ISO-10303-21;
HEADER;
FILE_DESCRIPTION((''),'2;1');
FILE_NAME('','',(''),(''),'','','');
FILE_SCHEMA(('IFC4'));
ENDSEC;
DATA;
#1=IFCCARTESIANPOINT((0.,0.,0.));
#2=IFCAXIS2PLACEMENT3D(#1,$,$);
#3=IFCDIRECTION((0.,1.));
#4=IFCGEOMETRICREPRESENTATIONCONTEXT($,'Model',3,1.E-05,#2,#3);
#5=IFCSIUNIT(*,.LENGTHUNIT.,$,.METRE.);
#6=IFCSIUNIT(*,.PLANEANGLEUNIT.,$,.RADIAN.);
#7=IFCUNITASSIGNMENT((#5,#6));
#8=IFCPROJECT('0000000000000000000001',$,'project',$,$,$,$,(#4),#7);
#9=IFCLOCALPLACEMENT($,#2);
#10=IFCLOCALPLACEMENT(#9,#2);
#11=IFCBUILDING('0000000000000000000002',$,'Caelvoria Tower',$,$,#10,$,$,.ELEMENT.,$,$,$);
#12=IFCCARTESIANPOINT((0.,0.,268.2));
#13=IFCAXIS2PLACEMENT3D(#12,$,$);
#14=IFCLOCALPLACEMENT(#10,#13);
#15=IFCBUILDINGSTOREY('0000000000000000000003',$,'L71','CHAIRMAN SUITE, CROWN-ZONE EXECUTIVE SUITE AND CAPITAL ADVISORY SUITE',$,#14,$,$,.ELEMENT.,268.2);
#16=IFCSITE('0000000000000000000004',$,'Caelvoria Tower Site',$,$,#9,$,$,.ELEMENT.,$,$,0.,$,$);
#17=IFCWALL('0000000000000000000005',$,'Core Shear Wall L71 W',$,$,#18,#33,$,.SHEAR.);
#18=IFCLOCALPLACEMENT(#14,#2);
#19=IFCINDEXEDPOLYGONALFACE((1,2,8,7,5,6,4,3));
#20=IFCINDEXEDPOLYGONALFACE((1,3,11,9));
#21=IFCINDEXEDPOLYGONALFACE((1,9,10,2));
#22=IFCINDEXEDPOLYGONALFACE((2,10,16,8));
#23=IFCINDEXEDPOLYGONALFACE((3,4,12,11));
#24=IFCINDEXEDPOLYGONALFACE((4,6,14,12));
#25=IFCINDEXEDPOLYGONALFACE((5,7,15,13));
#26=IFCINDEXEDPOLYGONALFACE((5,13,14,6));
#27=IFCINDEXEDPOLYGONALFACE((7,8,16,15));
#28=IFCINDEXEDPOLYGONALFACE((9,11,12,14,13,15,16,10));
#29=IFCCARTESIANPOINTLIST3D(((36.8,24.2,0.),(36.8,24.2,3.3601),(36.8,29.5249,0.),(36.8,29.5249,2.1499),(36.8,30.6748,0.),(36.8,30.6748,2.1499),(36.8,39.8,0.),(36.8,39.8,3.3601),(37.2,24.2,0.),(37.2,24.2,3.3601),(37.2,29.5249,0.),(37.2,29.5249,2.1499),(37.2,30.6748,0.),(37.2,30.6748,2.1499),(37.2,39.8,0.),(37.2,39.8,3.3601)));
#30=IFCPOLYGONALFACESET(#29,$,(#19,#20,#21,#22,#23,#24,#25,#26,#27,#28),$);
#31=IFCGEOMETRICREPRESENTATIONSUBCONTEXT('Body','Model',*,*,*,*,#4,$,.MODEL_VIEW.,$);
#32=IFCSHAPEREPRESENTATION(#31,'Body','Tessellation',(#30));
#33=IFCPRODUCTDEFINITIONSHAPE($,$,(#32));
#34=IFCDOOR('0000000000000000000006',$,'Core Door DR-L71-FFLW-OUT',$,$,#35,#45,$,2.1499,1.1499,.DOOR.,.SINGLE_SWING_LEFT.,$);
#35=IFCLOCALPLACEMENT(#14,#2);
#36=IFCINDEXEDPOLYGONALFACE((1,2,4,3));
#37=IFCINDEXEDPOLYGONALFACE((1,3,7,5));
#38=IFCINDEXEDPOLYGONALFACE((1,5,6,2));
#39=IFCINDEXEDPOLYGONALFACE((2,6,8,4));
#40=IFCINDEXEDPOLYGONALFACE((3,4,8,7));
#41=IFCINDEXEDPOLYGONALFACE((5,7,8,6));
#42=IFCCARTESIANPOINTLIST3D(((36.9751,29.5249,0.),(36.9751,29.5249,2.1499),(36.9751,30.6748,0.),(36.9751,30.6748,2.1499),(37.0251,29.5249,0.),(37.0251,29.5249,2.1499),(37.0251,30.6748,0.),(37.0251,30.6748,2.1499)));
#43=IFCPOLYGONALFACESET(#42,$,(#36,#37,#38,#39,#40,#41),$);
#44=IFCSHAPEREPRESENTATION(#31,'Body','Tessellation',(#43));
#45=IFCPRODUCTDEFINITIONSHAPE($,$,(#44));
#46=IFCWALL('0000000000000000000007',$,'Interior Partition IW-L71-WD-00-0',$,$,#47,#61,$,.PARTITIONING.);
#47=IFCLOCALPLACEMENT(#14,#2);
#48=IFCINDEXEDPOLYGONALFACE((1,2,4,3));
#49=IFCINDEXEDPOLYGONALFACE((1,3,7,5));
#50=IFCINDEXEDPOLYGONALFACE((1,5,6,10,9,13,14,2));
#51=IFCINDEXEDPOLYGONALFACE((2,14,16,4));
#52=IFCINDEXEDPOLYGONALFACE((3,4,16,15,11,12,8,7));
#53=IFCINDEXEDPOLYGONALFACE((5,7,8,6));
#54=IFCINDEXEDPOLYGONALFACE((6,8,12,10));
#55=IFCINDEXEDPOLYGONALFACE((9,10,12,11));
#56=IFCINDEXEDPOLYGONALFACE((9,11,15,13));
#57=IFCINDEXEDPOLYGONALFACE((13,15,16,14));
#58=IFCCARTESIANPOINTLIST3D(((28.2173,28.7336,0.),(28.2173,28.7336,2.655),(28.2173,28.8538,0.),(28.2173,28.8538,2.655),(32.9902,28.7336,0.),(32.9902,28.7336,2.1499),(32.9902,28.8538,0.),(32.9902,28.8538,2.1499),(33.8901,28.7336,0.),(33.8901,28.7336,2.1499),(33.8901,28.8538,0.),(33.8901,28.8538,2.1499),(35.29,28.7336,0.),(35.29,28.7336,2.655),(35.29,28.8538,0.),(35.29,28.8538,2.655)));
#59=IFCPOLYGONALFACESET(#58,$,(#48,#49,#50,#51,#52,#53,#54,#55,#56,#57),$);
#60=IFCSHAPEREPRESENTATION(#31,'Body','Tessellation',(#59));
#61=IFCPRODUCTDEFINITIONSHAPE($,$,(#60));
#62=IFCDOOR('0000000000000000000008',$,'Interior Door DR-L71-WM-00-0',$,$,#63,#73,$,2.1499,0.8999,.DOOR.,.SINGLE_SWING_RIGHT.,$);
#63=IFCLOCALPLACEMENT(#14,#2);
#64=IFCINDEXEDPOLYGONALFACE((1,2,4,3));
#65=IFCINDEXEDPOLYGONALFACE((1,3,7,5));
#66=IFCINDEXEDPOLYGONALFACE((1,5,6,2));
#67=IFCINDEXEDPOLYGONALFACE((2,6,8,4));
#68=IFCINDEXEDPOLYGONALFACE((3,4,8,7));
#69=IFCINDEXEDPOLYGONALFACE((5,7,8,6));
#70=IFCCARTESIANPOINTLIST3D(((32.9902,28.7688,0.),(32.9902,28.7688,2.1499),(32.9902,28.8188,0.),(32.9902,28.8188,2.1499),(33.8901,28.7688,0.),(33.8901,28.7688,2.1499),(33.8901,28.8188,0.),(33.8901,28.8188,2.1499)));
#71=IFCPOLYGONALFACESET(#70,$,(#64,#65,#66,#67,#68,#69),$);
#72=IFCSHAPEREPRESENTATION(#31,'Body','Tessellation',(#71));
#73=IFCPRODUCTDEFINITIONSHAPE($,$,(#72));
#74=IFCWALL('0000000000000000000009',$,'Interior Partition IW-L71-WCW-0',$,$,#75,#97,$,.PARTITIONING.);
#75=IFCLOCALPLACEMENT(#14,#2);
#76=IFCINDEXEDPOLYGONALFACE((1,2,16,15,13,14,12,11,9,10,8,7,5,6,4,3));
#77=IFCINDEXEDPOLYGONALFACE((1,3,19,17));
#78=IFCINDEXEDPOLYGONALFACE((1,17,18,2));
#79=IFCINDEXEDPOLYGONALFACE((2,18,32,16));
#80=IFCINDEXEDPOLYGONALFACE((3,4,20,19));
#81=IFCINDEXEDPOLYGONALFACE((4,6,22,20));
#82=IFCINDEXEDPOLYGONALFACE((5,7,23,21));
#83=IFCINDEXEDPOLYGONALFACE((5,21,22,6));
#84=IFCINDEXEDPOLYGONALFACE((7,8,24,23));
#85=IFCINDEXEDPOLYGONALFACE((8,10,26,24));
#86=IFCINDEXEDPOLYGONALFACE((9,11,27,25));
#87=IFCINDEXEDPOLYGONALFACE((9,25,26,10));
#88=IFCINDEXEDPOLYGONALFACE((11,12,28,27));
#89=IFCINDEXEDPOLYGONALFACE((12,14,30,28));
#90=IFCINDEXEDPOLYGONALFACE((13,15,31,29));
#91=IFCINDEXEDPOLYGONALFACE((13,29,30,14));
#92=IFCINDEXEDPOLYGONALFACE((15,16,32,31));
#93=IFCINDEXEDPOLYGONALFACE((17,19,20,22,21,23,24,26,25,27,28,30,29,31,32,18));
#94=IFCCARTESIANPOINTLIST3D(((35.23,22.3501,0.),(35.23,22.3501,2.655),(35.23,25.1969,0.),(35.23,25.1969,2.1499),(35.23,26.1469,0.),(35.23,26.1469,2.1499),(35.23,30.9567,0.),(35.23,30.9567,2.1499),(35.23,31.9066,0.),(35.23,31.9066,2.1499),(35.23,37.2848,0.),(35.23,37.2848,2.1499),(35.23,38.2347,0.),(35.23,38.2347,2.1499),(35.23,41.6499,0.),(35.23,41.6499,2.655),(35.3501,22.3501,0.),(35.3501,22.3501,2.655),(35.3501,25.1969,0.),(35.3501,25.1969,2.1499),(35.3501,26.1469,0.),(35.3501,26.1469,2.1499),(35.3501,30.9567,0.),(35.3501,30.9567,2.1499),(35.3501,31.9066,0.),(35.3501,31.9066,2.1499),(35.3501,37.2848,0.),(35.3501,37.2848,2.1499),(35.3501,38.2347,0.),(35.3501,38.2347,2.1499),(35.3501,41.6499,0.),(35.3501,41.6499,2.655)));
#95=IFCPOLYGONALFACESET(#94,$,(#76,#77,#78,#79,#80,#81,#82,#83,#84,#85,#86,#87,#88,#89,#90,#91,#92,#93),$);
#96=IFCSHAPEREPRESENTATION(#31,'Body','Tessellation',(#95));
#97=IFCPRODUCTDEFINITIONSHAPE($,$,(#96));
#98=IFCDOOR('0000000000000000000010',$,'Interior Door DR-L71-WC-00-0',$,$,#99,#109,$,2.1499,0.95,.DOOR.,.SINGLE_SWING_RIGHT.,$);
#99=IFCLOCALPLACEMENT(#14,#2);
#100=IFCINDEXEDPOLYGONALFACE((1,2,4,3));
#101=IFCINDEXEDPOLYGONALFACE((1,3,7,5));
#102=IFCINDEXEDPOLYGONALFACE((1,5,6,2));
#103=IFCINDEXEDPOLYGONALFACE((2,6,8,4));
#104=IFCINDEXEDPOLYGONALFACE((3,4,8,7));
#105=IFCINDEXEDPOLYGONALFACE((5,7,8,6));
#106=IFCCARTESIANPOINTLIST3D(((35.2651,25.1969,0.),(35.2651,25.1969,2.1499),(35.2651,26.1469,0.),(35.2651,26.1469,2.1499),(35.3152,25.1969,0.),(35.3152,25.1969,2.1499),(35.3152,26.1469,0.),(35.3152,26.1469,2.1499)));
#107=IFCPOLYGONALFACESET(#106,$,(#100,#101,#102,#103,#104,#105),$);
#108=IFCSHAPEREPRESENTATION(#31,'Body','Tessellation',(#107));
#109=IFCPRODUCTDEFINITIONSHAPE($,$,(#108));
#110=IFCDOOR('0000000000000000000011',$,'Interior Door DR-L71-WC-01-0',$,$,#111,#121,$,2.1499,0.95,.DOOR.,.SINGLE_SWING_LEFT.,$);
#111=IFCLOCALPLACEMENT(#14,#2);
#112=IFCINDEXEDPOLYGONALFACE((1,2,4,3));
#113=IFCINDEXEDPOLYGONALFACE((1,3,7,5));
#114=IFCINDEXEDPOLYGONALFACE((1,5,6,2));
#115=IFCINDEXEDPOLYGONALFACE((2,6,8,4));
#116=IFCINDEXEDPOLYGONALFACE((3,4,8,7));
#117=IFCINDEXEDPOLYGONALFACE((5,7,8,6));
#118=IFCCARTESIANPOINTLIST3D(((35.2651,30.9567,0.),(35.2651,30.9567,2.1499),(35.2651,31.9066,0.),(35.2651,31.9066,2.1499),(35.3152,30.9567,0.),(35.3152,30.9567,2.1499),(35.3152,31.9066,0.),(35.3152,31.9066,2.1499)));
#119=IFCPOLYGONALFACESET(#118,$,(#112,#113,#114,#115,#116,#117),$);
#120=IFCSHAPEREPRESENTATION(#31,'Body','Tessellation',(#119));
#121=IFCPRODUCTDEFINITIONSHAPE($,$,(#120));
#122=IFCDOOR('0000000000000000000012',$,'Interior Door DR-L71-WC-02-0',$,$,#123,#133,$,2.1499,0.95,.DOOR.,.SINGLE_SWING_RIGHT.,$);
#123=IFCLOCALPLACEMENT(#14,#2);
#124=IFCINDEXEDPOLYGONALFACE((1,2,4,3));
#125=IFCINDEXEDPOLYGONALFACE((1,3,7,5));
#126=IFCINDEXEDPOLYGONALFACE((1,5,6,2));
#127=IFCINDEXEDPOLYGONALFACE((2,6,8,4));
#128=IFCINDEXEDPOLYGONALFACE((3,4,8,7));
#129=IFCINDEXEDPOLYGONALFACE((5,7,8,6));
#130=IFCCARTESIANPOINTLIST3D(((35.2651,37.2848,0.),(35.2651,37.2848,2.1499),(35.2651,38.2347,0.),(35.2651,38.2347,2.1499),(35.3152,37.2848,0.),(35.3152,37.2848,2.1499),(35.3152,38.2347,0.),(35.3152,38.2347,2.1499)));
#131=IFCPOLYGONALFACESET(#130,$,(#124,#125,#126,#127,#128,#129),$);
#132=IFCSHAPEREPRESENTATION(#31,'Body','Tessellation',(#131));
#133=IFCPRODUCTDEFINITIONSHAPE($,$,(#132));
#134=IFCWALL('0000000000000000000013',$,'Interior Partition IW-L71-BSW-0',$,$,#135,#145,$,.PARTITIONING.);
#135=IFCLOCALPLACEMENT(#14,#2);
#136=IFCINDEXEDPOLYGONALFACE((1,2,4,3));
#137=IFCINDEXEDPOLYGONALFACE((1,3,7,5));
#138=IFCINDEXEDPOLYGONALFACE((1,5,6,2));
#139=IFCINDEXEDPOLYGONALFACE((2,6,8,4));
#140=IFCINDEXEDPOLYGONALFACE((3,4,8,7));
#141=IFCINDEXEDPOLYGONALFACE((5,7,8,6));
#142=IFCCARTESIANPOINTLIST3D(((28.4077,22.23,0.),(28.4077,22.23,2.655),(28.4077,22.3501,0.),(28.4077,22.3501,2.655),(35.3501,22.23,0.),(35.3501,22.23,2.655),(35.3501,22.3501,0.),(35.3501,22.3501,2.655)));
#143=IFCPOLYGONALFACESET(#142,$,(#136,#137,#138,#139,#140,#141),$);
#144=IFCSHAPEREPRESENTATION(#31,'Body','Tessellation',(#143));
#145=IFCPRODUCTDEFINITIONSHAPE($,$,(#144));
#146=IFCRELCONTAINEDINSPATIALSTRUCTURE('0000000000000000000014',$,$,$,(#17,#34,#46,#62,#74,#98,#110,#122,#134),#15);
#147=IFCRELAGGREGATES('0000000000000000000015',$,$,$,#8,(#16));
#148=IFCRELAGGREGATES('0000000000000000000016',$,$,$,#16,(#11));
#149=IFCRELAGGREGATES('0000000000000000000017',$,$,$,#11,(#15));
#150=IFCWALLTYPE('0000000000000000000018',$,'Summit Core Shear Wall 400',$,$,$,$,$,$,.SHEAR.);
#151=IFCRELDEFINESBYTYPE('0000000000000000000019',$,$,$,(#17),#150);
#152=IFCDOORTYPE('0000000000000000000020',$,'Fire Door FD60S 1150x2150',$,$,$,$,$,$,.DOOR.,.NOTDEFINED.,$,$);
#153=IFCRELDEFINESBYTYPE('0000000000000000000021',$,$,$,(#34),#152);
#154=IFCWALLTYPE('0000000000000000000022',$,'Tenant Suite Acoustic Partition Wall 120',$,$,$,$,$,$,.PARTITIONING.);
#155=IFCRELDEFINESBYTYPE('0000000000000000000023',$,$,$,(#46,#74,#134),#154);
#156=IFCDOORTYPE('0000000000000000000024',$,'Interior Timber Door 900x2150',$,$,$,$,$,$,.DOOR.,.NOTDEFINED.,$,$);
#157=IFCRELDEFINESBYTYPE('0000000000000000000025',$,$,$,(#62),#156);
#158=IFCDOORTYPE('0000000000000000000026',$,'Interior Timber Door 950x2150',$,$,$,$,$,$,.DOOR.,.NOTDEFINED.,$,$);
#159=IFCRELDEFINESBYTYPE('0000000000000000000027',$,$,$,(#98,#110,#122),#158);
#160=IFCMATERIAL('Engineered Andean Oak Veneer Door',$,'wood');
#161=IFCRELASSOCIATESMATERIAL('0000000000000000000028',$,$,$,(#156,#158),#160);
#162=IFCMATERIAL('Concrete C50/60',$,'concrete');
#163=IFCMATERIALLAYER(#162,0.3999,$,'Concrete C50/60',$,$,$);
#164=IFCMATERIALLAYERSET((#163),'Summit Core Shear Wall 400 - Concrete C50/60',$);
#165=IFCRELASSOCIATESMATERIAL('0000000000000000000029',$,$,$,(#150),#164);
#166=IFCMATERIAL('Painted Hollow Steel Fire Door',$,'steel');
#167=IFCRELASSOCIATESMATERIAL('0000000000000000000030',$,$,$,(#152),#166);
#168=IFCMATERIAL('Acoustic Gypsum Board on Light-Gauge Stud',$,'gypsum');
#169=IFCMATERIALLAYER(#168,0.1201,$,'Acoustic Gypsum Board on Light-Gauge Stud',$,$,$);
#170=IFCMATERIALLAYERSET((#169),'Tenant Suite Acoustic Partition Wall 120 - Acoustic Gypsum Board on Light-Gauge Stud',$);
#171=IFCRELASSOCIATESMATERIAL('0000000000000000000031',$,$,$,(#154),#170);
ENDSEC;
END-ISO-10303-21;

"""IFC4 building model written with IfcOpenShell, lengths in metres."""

from ifc_helpers import new_model, si_unit, direction, frame, frame_2d, origin, place, context, subcontext, project, spatial, rectangle, extrude, material, layer, layer_set, type_object, element, fill, save


model = new_model("IFC4")

# Units and contexts
model_context = context("Model", 3, precision=1e-05, world=origin(), true_north=direction((0.0, 1.0)))
body_context = subcontext(model_context, "Body", "Model", "MODEL_VIEW")
ifc_project = project(units=[si_unit("LENGTHUNIT", "METRE"), si_unit("PLANEANGLEUNIT", "RADIAN")], contexts=[model_context])

# Site, building, storey
site_placement = place(None, origin())
site = spatial("IfcSite", under=ifc_project, at=site_placement, Name="Caelvoria Tower Site", CompositionType="ELEMENT", RefElevation=0.0)
building_placement = place(site_placement, origin())
building = spatial("IfcBuilding", under=site, at=building_placement, Name="Caelvoria Tower", CompositionType="ELEMENT")
storey_placement = place(building_placement, frame((0.0, 0.0, 268.2)))
storey = spatial("IfcBuildingStorey", under=building, at=storey_placement, Name="L71", Description="CHAIRMAN SUITE, CROWN-ZONE EXECUTIVE SUITE AND CAPITAL ADVISORY SUITE", CompositionType="ELEMENT", Elevation=268.2)

# Shared definitions
ifc_material_1 = material(Name="Concrete C50/60", Category="concrete")

# Shared definitions
ifc_material_2 = material(Name="Engineered Andean Oak Veneer Door", Category="wood")
door_type_1 = type_object("IfcDoorType", Name="Interior Timber Door 900x2150", OperationType="NOTDEFINED", PredefinedType="DOOR", material=ifc_material_2)

# Walls, openings, doors
ifc_layer_1 = layer(ifc_material_1, 0.3999, Name="Concrete C50/60")
ifc_layer_set_1 = layer_set([ifc_layer_1], Name="Summit Core Shear Wall 400 - Concrete C50/60")
wall_type_1 = type_object("IfcWallType", Name="Summit Core Shear Wall 400", PredefinedType="SHEAR", material=ifc_layer_set_1)
wall_1_placement = place(storey_placement, frame((37.0, 24.2, 0.0), z_axis=(0.0, 0.0, 1.0), x_axis=(0.0, 1.0, 0.0)))
wall_1 = element("IfcWall", 1, at=wall_1_placement, inside=storey, type_object=wall_type_1, Name="Core Shear Wall L71 W", PredefinedType="SHEAR", context=body_context, shape_type="SweptSolid", body=[
    extrude(rectangle(XDim=15.6001, YDim=0.3999, at=frame_2d((7.8, 0.0))), origin(), (0.0, 0.0, 1.0), 3.3601),
])
opening_1_placement = place(wall_1_placement, frame((5.325, 0.0, 0.0)))
opening_1 = element("IfcOpeningElement", 2, at=opening_1_placement, cuts=wall_1, PredefinedType="OPENING", context=body_context, shape_type="SweptSolid", body=[
    extrude(rectangle(XDim=1.1499, YDim=2.1499, at=frame_2d((0.575, 1.075))), frame((0.0, 0.21, 0.0), z_axis=(0.0, -1.0, 0.0), x_axis=(1.0, 0.0, 0.0)), (0.0, 0.0, 1.0), 0.4199),
])
ifc_material_3 = material(Name="Painted Hollow Steel Fire Door", Category="steel")
door_type_2 = type_object("IfcDoorType", Name="Fire Door FD60S 1150x2150", OperationType="NOTDEFINED", PredefinedType="DOOR", material=ifc_material_3)
door_1_placement = place(opening_1_placement, origin())
door_1 = element("IfcDoor", 3, at=door_1_placement, inside=storey, type_object=door_type_2, Name="Core Door DR-L71-FFLW-OUT", OperationType="SINGLE_SWING_LEFT", OverallHeight=2.1499, OverallWidth=1.1499, PredefinedType="DOOR", context=body_context, shape_type="SweptSolid", body=[
    extrude(rectangle(XDim=1.1499, YDim=2.1499, at=frame_2d((0.575, 1.075))), frame((0.0, 0.0249, 0.0), z_axis=(0.0, -1.0, 0.0), x_axis=(1.0, 0.0, 0.0)), (0.0, 0.0, 1.0), 0.05),
])
fill(opening_1, door_1)
ifc_material_4 = material(Name="Acoustic Gypsum Board on Light-Gauge Stud", Category="gypsum")
ifc_layer_2 = layer(ifc_material_4, 0.1201, Name="Acoustic Gypsum Board on Light-Gauge Stud")
ifc_layer_set_2 = layer_set([ifc_layer_2], Name="Tenant Suite Acoustic Partition Wall 120 - Acoustic Gypsum Board on Light-Gauge Stud")
wall_type_2 = type_object("IfcWallType", Name="Tenant Suite Acoustic Partition Wall 120", PredefinedType="PARTITIONING", material=ifc_layer_set_2)
wall_2_placement = place(storey_placement, frame((35.29, 28.7937, 0.0), z_axis=(0.0, 0.0, 1.0), x_axis=(-1.0, 0.0, 0.0)))
wall_2 = element("IfcWall", 4, at=wall_2_placement, inside=storey, type_object=wall_type_2, Name="Interior Partition IW-L71-WD-00-0", PredefinedType="PARTITIONING", context=body_context, shape_type="SweptSolid", body=[
    extrude(rectangle(XDim=7.0728, YDim=0.1201, at=frame_2d((3.5364, 0.0))), origin(), (0.0, 0.0, 1.0), 2.655),
])
opening_2_placement = place(wall_2_placement, frame((1.3999, 0.0, 0.0)))
opening_2 = element("IfcOpeningElement", 5, at=opening_2_placement, cuts=wall_2, PredefinedType="OPENING", context=body_context, shape_type="SweptSolid", body=[
    extrude(rectangle(XDim=0.8999, YDim=2.1499, at=frame_2d((0.45, 1.075))), frame((0.0, 0.0701, 0.0), z_axis=(0.0, -1.0, 0.0), x_axis=(1.0, 0.0, 0.0)), (0.0, 0.0, 1.0), 0.1401),
])
door_2_placement = place(opening_2_placement, origin())
door_2 = element("IfcDoor", 6, at=door_2_placement, inside=storey, type_object=door_type_1, Name="Interior Door DR-L71-WM-00-0", OperationType="SINGLE_SWING_RIGHT", OverallHeight=2.1499, OverallWidth=0.8999, PredefinedType="DOOR", context=body_context, shape_type="SweptSolid", body=[
    extrude(rectangle(XDim=0.8999, YDim=2.1499, at=frame_2d((0.45, 1.075))), frame((0.0, 0.0249, 0.0), z_axis=(0.0, -1.0, 0.0), x_axis=(1.0, 0.0, 0.0)), (0.0, 0.0, 1.0), 0.05),
])
fill(opening_2, door_2)

# Wall, openings, doors
wall_3_placement = place(storey_placement, frame((35.29, 22.3501, 0.0), z_axis=(0.0, 0.0, 1.0), x_axis=(0.0, 1.0, 0.0)))
wall_3 = element("IfcWall", 7, at=wall_3_placement, inside=storey, type_object=wall_type_2, Name="Interior Partition IW-L71-WCW-0", PredefinedType="PARTITIONING", context=body_context, shape_type="SweptSolid", body=[
    extrude(rectangle(XDim=19.2998, YDim=0.1201, at=frame_2d((9.6499, 0.0))), origin(), (0.0, 0.0, 1.0), 2.655),
])
opening_3_placement = place(wall_3_placement, frame((2.8467, 0.0, 0.0)))
opening_3 = element("IfcOpeningElement", 8, at=opening_3_placement, cuts=wall_3, PredefinedType="OPENING", context=body_context, shape_type="SweptSolid", body=[
    extrude(rectangle(XDim=0.95, YDim=2.1499, at=frame_2d((0.4751, 1.075))), frame((0.0, 0.0701, 0.0), z_axis=(0.0, -1.0, 0.0), x_axis=(1.0, 0.0, 0.0)), (0.0, 0.0, 1.0), 0.1401),
])
opening_4_placement = place(wall_3_placement, frame((8.6064, 0.0, 0.0)))
opening_4 = element("IfcOpeningElement", 9, at=opening_4_placement, cuts=wall_3, PredefinedType="OPENING", context=body_context, shape_type="SweptSolid", body=[
    extrude(rectangle(XDim=0.95, YDim=2.1499, at=frame_2d((0.4751, 1.075))), frame((0.0, 0.0701, 0.0), z_axis=(0.0, -1.0, 0.0), x_axis=(1.0, 0.0, 0.0)), (0.0, 0.0, 1.0), 0.1401),
])
opening_5_placement = place(wall_3_placement, frame((14.9346, 0.0, 0.0)))
opening_5 = element("IfcOpeningElement", 10, at=opening_5_placement, cuts=wall_3, PredefinedType="OPENING", context=body_context, shape_type="SweptSolid", body=[
    extrude(rectangle(XDim=0.95, YDim=2.1499, at=frame_2d((0.4751, 1.075))), frame((0.0, 0.0701, 0.0), z_axis=(0.0, -1.0, 0.0), x_axis=(1.0, 0.0, 0.0)), (0.0, 0.0, 1.0), 0.1401),
])
door_type_3 = type_object("IfcDoorType", Name="Interior Timber Door 950x2150", OperationType="NOTDEFINED", PredefinedType="DOOR", material=ifc_material_2)
door_3_placement = place(opening_3_placement, origin())
door_3 = element("IfcDoor", 11, at=door_3_placement, inside=storey, type_object=door_type_3, Name="Interior Door DR-L71-WC-00-0", OperationType="SINGLE_SWING_RIGHT", OverallHeight=2.1499, OverallWidth=0.95, PredefinedType="DOOR", context=body_context, shape_type="SweptSolid", body=[
    extrude(rectangle(XDim=0.95, YDim=2.1499, at=frame_2d((0.4751, 1.075))), frame((0.0, 0.0249, 0.0), z_axis=(0.0, -1.0, 0.0), x_axis=(1.0, 0.0, 0.0)), (0.0, 0.0, 1.0), 0.05),
])
fill(opening_3, door_3)
door_4_placement = place(opening_4_placement, origin())
door_4 = element("IfcDoor", 12, at=door_4_placement, inside=storey, type_object=door_type_3, Name="Interior Door DR-L71-WC-01-0", OperationType="SINGLE_SWING_LEFT", OverallHeight=2.1499, OverallWidth=0.95, PredefinedType="DOOR", context=body_context, shape_type="SweptSolid", body=[
    extrude(rectangle(XDim=0.95, YDim=2.1499, at=frame_2d((0.4751, 1.075))), frame((0.0, 0.0249, 0.0), z_axis=(0.0, -1.0, 0.0), x_axis=(1.0, 0.0, 0.0)), (0.0, 0.0, 1.0), 0.05),
])
fill(opening_4, door_4)
door_5_placement = place(opening_5_placement, origin())
door_5 = element("IfcDoor", 13, at=door_5_placement, inside=storey, type_object=door_type_3, Name="Interior Door DR-L71-WC-02-0", OperationType="SINGLE_SWING_RIGHT", OverallHeight=2.1499, OverallWidth=0.95, PredefinedType="DOOR", context=body_context, shape_type="SweptSolid", body=[
    extrude(rectangle(XDim=0.95, YDim=2.1499, at=frame_2d((0.4751, 1.075))), frame((0.0, 0.0249, 0.0), z_axis=(0.0, -1.0, 0.0), x_axis=(1.0, 0.0, 0.0)), (0.0, 0.0, 1.0), 0.05),
])
fill(opening_5, door_5)

# Wall
wall_4_placement = place(storey_placement, frame((35.3501, 22.29, 0.0), z_axis=(0.0, 0.0, 1.0), x_axis=(-1.0, 0.0, 0.0)))
element("IfcWall", 14, at=wall_4_placement, inside=storey, type_object=wall_type_2, Name="Interior Partition IW-L71-BSW-0", PredefinedType="PARTITIONING", context=body_context, shape_type="SweptSolid", body=[
    extrude(rectangle(XDim=6.9424, YDim=0.1201, at=frame_2d((3.4712, 0.0))), origin(), (0.0, 0.0, 1.0), 2.655),
])

save(model, "model.ifc")
